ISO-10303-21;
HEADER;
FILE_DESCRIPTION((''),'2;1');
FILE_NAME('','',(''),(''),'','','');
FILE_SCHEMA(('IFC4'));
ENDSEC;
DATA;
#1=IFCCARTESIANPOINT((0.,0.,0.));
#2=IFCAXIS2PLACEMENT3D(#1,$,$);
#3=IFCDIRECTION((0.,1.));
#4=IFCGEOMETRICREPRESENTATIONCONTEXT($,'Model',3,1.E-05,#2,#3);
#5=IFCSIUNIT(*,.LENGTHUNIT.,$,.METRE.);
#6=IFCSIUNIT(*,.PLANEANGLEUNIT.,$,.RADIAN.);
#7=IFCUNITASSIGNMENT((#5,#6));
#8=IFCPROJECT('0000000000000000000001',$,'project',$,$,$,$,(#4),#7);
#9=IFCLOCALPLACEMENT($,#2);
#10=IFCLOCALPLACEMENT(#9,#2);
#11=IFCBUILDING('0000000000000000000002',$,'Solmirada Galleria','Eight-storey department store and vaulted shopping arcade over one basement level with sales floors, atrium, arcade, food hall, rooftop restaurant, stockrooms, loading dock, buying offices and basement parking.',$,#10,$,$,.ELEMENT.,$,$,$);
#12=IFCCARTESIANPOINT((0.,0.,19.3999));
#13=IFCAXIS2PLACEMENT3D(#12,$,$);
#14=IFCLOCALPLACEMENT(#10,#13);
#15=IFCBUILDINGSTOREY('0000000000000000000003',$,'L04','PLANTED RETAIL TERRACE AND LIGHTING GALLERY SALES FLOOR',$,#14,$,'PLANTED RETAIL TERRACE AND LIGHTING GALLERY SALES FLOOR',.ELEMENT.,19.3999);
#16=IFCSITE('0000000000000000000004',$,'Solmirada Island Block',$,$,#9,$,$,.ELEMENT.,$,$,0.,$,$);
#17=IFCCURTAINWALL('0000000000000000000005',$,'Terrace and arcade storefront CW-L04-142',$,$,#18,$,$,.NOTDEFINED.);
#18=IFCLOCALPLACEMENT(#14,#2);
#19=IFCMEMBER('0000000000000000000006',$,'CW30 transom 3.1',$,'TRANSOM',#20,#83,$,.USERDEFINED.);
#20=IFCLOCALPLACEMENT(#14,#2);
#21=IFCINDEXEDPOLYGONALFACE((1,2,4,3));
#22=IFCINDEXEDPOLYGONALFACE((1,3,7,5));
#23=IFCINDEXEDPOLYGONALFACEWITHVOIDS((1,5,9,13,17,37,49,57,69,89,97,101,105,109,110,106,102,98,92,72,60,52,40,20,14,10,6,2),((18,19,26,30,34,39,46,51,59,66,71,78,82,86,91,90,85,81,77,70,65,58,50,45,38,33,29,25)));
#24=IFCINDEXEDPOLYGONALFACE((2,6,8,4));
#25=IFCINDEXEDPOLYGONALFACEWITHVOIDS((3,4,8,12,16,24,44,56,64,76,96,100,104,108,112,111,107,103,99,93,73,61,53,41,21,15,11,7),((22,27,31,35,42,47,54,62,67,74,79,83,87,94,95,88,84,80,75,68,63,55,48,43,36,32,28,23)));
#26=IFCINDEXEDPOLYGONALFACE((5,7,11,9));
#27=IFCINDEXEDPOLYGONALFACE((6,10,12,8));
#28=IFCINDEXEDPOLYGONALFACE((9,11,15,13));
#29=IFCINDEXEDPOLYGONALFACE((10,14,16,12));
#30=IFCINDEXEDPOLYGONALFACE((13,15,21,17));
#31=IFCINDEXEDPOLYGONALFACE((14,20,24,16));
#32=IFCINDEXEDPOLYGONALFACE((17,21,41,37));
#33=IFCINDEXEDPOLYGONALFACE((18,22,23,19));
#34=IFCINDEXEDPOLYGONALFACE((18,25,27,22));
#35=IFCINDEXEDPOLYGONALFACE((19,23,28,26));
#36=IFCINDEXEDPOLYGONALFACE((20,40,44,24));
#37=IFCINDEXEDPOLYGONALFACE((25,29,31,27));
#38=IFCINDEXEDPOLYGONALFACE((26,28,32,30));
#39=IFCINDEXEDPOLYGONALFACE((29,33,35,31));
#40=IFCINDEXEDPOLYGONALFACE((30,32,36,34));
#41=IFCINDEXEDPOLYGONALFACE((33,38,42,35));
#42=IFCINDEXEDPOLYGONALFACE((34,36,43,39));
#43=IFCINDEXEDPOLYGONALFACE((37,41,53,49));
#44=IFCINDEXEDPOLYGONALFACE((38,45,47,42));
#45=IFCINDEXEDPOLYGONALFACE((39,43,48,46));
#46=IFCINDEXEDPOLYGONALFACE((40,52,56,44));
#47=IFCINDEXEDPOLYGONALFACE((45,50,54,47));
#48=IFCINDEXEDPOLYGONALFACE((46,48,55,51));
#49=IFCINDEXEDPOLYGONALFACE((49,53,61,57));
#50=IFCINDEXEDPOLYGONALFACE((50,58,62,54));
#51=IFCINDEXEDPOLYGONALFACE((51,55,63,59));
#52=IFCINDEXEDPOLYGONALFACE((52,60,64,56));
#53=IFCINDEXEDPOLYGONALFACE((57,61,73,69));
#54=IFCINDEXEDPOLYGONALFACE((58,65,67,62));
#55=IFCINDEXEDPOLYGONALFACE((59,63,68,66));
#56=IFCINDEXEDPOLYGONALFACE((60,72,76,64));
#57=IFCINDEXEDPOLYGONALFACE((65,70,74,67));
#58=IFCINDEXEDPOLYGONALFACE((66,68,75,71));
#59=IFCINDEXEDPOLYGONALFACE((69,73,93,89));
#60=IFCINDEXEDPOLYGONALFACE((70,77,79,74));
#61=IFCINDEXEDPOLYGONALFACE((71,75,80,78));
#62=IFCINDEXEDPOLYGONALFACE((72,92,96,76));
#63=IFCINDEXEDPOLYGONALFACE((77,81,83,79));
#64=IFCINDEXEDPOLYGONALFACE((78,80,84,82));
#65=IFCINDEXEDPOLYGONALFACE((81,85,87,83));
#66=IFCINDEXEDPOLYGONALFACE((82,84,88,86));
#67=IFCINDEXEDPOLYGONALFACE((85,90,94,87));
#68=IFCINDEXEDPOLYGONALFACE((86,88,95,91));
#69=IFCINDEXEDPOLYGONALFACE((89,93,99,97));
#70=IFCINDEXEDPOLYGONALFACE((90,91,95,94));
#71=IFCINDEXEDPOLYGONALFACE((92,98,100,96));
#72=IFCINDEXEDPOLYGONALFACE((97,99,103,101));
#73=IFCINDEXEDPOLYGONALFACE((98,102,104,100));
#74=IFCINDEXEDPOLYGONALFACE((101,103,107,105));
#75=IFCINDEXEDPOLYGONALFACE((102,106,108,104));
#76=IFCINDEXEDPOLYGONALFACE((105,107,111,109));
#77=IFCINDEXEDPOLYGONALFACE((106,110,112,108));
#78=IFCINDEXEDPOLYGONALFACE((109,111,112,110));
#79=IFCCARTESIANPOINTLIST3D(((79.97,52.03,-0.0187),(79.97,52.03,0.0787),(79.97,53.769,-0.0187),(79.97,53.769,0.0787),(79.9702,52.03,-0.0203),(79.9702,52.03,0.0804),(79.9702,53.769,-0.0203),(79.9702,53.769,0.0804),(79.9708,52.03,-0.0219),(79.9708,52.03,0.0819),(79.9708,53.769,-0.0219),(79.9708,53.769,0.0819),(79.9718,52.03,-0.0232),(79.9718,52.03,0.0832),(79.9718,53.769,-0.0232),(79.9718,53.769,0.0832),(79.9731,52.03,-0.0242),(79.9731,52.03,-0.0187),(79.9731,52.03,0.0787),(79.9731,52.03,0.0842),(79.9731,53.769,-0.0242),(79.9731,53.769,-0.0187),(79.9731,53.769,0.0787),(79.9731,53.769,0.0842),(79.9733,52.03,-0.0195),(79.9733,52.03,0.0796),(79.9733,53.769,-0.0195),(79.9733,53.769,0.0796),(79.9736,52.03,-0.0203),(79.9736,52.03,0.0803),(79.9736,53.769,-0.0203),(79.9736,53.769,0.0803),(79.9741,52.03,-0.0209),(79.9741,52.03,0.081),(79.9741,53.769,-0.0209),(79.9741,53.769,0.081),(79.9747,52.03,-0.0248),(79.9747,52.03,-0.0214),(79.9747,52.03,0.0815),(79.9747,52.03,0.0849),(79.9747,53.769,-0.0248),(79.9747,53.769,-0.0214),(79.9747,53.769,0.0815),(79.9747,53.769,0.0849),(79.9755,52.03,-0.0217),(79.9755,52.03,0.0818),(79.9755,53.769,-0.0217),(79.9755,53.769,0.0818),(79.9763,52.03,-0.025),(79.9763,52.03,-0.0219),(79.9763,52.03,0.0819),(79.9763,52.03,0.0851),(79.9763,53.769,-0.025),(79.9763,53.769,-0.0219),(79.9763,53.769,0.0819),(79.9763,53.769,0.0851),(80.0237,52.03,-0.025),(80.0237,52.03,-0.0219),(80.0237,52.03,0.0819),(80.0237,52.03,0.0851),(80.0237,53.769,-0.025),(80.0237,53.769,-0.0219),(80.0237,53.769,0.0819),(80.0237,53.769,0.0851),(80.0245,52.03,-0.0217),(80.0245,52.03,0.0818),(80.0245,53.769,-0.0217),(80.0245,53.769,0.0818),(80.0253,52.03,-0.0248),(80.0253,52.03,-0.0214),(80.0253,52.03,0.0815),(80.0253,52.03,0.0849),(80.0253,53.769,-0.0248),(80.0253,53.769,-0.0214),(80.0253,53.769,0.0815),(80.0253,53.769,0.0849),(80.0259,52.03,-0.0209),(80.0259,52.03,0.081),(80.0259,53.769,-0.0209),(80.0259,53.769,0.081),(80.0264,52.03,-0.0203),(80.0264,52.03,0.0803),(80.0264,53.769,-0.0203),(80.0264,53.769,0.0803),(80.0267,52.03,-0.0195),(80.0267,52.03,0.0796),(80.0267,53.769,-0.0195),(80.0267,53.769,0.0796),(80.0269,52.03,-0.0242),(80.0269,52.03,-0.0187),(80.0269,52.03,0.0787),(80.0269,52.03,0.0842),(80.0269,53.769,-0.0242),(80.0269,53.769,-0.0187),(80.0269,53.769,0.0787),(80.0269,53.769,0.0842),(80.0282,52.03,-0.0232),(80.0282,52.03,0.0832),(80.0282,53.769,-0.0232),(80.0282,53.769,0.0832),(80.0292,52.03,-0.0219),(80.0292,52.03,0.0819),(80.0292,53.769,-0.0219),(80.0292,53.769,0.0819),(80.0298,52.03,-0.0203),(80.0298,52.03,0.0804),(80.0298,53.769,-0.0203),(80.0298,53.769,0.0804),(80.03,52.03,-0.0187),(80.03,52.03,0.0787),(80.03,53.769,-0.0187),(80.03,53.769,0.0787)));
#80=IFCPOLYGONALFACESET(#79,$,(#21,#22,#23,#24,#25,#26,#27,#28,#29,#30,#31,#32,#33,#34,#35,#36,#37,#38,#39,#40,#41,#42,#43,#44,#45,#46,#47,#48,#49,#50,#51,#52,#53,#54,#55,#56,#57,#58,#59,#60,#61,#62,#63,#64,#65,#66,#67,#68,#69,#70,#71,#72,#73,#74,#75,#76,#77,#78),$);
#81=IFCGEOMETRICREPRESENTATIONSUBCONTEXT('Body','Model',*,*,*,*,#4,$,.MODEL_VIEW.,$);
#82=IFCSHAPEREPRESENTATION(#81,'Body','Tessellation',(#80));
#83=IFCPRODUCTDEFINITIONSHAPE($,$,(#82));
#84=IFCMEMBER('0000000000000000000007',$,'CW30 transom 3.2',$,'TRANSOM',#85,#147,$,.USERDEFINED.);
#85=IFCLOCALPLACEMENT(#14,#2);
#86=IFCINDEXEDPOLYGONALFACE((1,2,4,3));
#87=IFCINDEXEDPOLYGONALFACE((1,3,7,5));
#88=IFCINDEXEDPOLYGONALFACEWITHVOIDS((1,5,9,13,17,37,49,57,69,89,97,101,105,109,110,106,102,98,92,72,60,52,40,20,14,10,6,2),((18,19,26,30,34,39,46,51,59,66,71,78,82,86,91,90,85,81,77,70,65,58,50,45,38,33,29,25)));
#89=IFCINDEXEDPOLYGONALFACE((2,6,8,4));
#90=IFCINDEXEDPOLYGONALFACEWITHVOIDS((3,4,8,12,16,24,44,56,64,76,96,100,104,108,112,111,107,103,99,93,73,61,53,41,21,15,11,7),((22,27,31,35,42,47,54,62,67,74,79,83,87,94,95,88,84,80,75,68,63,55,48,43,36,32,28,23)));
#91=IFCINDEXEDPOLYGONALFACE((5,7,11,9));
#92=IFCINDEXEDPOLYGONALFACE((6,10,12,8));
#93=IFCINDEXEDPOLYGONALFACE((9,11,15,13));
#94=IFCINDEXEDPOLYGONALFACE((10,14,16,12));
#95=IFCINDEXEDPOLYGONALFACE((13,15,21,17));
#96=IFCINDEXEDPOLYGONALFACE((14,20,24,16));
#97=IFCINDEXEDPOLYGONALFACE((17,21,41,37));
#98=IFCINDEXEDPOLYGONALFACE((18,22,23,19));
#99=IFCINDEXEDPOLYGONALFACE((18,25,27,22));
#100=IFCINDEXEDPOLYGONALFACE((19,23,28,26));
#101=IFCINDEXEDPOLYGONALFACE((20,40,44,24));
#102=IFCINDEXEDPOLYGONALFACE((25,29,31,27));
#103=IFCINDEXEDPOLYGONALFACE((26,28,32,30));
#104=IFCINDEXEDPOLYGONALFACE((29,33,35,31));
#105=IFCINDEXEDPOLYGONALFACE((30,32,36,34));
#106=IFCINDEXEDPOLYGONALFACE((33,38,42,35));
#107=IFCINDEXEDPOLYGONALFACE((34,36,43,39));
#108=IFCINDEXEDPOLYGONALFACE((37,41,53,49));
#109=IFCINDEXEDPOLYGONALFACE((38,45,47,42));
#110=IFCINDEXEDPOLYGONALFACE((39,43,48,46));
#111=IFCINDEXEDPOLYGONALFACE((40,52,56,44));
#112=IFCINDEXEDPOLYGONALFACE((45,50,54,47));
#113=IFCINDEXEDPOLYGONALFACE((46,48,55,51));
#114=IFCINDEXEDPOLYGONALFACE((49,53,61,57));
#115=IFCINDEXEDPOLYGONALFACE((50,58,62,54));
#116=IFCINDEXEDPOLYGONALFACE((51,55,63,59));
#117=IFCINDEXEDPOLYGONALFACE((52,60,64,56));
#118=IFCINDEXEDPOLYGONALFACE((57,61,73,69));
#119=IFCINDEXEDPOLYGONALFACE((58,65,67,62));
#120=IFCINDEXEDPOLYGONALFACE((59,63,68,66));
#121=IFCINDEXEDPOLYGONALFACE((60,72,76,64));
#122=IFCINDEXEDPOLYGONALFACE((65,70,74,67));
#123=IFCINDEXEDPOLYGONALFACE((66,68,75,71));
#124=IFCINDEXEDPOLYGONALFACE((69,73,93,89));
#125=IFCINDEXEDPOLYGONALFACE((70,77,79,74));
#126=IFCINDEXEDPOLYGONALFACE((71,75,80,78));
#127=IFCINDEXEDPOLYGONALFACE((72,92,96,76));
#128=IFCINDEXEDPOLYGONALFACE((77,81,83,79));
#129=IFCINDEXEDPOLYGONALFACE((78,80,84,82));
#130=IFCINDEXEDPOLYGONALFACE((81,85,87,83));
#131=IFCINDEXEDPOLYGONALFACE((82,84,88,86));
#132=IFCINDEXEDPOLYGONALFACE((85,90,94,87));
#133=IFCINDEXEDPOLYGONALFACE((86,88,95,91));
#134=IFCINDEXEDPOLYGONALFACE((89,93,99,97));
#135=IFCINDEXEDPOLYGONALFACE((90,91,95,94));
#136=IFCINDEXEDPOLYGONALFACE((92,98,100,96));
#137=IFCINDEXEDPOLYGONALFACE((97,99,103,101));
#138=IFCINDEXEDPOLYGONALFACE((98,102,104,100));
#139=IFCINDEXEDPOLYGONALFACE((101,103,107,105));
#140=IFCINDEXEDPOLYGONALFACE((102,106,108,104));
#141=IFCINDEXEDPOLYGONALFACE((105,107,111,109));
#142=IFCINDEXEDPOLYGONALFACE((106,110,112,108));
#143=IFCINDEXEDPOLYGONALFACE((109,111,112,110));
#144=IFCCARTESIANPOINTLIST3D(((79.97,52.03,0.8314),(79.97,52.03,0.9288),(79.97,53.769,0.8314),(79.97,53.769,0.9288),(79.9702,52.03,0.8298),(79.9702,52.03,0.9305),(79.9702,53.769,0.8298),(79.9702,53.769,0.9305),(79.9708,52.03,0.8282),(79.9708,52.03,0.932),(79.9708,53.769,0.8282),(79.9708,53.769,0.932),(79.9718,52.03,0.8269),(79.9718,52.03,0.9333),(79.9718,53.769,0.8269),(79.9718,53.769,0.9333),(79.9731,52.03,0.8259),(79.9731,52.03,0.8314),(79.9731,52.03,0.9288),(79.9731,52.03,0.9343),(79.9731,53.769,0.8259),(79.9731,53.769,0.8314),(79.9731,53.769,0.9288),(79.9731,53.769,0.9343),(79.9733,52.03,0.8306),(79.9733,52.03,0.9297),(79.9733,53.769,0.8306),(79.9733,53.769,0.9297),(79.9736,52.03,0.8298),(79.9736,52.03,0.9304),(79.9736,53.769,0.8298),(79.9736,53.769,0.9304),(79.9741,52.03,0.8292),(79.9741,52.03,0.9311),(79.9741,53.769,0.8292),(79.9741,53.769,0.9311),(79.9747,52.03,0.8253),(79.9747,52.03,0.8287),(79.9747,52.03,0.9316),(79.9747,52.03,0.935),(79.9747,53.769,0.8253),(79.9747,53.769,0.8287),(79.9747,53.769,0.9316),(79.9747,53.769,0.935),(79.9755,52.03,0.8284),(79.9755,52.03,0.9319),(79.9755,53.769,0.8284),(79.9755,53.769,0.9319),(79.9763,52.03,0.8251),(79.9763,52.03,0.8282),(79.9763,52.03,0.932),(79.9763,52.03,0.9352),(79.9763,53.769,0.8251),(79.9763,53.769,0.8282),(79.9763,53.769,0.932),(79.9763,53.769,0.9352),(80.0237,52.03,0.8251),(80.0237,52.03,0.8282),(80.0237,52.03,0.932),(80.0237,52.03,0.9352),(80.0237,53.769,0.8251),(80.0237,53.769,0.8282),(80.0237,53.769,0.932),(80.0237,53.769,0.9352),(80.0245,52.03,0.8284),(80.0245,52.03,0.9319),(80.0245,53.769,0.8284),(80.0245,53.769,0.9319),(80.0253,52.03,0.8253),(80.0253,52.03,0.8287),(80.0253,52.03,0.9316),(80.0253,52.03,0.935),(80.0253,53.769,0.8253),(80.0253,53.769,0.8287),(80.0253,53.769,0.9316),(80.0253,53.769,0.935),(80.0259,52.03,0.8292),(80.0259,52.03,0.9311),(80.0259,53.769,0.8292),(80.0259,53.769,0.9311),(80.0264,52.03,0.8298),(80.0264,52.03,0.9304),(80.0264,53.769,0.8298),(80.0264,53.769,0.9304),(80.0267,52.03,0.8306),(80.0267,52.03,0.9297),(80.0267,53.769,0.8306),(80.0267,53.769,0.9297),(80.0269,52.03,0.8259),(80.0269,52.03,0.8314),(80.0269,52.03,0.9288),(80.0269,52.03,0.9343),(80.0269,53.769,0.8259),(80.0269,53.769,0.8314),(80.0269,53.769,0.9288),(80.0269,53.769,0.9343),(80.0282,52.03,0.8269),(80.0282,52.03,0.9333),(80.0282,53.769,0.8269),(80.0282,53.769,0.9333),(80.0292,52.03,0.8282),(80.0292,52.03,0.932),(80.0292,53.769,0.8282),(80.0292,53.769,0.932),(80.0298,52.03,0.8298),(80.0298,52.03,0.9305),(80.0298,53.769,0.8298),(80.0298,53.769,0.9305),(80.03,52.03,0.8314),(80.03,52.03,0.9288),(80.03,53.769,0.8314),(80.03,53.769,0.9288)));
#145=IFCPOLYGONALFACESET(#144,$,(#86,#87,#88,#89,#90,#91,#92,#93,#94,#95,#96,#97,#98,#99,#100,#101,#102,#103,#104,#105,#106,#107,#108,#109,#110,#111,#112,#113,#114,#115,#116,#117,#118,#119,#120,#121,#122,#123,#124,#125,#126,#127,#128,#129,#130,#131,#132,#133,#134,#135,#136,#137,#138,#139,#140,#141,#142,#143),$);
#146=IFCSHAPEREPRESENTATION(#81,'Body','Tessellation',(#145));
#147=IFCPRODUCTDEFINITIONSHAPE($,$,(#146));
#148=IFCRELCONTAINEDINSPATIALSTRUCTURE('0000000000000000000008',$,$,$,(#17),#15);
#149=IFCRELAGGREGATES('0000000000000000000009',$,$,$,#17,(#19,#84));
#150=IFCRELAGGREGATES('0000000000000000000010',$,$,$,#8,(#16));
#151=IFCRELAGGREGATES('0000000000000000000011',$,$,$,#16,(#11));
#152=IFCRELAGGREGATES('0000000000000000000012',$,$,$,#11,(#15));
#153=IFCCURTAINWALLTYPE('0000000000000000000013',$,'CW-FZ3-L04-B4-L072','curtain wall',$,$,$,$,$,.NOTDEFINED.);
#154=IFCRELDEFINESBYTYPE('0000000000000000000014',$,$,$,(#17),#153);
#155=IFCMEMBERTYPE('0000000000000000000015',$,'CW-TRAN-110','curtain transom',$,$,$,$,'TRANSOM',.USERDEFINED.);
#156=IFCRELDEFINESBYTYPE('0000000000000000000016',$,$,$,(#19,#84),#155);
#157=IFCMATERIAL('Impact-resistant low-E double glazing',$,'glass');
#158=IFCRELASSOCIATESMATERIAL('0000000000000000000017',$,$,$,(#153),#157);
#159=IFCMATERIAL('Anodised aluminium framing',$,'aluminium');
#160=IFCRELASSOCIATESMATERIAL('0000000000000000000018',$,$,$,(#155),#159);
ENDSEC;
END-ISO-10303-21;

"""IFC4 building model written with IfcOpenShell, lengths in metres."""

from ifc_helpers import new_model, si_unit, direction, frame, origin, origin_2d, place, context, subcontext, project, spatial, hollow_rectangle, extrude, material, material_profile, profile_set, type_object, element, aggregate, save


model = new_model("IFC4")

# Units and contexts
model_context = context("Model", 3, precision=1e-05, world=origin(), true_north=direction((0.0, 1.0)))
body_context = subcontext(model_context, "Body", "Model", "MODEL_VIEW")
ifc_project = project(units=[si_unit("LENGTHUNIT", "METRE"), si_unit("PLANEANGLEUNIT", "RADIAN")], contexts=[model_context])

# Site, building, storey
site_placement = place(None, origin())
site = spatial("IfcSite", under=ifc_project, at=site_placement, Name="Solmirada Island Block", CompositionType="ELEMENT", RefElevation=0.0)
building_placement = place(site_placement, origin())
building = spatial("IfcBuilding", under=site, at=building_placement, Name="Solmirada Galleria", Description="Eight-storey department store and vaulted shopping arcade over one basement level with sales floors, atrium, arcade, food hall, rooftop restaurant, stockrooms, loading dock, buying offices and basement parking.", CompositionType="ELEMENT")
storey_placement = place(building_placement, frame((0.0, 0.0, 19.3999)))
storey = spatial("IfcBuildingStorey", under=building, at=storey_placement, Name="L04", Description="PLANTED RETAIL TERRACE AND LIGHTING GALLERY SALES FLOOR", LongName="PLANTED RETAIL TERRACE AND LIGHTING GALLERY SALES FLOOR", CompositionType="ELEMENT", Elevation=19.3999)

# Curtain wall
ifc_material_1 = material(Name="Impact-resistant low-E double glazing", Category="glass")
curtain_wall_type = type_object("IfcCurtainWallType", Name="CW-FZ3-L04-B4-L072", Description="curtain wall", PredefinedType="NOTDEFINED", material=ifc_material_1)
curtain_wall_1_placement = place(storey_placement, origin())
curtain_wall_1 = element("IfcCurtainWall", 1, at=curtain_wall_1_placement, inside=storey, type_object=curtain_wall_type, Name="Terrace and arcade storefront CW-L04-142", PredefinedType="NOTDEFINED")
ifc_material_2 = material(Name="Anodised aluminium framing", Category="aluminium")

# Members
ifc_material_profile_1 = material_profile(ifc_material_2, hollow_rectangle(XDim=0.0601, YDim=0.1101, WallThickness=0.0032, InnerFilletRadius=0.0032, OuterFilletRadius=0.0063, at=origin_2d()), Name="ALU-TRAN-110X60")
ifc_profile_set_1 = profile_set([ifc_material_profile_1], Name="Anodised aluminium framing")
member_type_1 = type_object("IfcMemberType", Name="CW-TRAN-110", Description="curtain transom", ElementType="TRANSOM", PredefinedType="USERDEFINED", material=ifc_profile_set_1)
member_1_placement = place(storey_placement, frame((80.0, 52.03, 0.03), z_axis=(0.0, 1.0, 0.0), x_axis=(-1.0, 0.0, 0.0)))
member_1 = element("IfcMember", 2, at=member_1_placement, type_object=member_type_1, Name="CW30 transom 3.1", ObjectType="TRANSOM", PredefinedType="USERDEFINED", context=body_context, shape_type="SweptSolid", body=[
    extrude(hollow_rectangle(XDim=0.0601, YDim=0.1101, WallThickness=0.0032, InnerFilletRadius=0.0032, OuterFilletRadius=0.0063, at=origin_2d()), origin(), (0.0, 0.0, 1.0), 1.739),
])
member_2_placement = place(storey_placement, frame((80.0, 52.03, 0.8801), z_axis=(0.0, 1.0, 0.0), x_axis=(-1.0, 0.0, 0.0)))
member_2 = element("IfcMember", 3, at=member_2_placement, type_object=member_type_1, Name="CW30 transom 3.2", ObjectType="TRANSOM", PredefinedType="USERDEFINED", context=body_context, shape_type="SweptSolid", body=[
    extrude(hollow_rectangle(XDim=0.0601, YDim=0.1101, WallThickness=0.0032, InnerFilletRadius=0.0032, OuterFilletRadius=0.0063, at=origin_2d()), origin(), (0.0, 0.0, 1.0), 1.739),
])

aggregate(curtain_wall_1, [member_1, member_2])

save(model, "model.ifc")
